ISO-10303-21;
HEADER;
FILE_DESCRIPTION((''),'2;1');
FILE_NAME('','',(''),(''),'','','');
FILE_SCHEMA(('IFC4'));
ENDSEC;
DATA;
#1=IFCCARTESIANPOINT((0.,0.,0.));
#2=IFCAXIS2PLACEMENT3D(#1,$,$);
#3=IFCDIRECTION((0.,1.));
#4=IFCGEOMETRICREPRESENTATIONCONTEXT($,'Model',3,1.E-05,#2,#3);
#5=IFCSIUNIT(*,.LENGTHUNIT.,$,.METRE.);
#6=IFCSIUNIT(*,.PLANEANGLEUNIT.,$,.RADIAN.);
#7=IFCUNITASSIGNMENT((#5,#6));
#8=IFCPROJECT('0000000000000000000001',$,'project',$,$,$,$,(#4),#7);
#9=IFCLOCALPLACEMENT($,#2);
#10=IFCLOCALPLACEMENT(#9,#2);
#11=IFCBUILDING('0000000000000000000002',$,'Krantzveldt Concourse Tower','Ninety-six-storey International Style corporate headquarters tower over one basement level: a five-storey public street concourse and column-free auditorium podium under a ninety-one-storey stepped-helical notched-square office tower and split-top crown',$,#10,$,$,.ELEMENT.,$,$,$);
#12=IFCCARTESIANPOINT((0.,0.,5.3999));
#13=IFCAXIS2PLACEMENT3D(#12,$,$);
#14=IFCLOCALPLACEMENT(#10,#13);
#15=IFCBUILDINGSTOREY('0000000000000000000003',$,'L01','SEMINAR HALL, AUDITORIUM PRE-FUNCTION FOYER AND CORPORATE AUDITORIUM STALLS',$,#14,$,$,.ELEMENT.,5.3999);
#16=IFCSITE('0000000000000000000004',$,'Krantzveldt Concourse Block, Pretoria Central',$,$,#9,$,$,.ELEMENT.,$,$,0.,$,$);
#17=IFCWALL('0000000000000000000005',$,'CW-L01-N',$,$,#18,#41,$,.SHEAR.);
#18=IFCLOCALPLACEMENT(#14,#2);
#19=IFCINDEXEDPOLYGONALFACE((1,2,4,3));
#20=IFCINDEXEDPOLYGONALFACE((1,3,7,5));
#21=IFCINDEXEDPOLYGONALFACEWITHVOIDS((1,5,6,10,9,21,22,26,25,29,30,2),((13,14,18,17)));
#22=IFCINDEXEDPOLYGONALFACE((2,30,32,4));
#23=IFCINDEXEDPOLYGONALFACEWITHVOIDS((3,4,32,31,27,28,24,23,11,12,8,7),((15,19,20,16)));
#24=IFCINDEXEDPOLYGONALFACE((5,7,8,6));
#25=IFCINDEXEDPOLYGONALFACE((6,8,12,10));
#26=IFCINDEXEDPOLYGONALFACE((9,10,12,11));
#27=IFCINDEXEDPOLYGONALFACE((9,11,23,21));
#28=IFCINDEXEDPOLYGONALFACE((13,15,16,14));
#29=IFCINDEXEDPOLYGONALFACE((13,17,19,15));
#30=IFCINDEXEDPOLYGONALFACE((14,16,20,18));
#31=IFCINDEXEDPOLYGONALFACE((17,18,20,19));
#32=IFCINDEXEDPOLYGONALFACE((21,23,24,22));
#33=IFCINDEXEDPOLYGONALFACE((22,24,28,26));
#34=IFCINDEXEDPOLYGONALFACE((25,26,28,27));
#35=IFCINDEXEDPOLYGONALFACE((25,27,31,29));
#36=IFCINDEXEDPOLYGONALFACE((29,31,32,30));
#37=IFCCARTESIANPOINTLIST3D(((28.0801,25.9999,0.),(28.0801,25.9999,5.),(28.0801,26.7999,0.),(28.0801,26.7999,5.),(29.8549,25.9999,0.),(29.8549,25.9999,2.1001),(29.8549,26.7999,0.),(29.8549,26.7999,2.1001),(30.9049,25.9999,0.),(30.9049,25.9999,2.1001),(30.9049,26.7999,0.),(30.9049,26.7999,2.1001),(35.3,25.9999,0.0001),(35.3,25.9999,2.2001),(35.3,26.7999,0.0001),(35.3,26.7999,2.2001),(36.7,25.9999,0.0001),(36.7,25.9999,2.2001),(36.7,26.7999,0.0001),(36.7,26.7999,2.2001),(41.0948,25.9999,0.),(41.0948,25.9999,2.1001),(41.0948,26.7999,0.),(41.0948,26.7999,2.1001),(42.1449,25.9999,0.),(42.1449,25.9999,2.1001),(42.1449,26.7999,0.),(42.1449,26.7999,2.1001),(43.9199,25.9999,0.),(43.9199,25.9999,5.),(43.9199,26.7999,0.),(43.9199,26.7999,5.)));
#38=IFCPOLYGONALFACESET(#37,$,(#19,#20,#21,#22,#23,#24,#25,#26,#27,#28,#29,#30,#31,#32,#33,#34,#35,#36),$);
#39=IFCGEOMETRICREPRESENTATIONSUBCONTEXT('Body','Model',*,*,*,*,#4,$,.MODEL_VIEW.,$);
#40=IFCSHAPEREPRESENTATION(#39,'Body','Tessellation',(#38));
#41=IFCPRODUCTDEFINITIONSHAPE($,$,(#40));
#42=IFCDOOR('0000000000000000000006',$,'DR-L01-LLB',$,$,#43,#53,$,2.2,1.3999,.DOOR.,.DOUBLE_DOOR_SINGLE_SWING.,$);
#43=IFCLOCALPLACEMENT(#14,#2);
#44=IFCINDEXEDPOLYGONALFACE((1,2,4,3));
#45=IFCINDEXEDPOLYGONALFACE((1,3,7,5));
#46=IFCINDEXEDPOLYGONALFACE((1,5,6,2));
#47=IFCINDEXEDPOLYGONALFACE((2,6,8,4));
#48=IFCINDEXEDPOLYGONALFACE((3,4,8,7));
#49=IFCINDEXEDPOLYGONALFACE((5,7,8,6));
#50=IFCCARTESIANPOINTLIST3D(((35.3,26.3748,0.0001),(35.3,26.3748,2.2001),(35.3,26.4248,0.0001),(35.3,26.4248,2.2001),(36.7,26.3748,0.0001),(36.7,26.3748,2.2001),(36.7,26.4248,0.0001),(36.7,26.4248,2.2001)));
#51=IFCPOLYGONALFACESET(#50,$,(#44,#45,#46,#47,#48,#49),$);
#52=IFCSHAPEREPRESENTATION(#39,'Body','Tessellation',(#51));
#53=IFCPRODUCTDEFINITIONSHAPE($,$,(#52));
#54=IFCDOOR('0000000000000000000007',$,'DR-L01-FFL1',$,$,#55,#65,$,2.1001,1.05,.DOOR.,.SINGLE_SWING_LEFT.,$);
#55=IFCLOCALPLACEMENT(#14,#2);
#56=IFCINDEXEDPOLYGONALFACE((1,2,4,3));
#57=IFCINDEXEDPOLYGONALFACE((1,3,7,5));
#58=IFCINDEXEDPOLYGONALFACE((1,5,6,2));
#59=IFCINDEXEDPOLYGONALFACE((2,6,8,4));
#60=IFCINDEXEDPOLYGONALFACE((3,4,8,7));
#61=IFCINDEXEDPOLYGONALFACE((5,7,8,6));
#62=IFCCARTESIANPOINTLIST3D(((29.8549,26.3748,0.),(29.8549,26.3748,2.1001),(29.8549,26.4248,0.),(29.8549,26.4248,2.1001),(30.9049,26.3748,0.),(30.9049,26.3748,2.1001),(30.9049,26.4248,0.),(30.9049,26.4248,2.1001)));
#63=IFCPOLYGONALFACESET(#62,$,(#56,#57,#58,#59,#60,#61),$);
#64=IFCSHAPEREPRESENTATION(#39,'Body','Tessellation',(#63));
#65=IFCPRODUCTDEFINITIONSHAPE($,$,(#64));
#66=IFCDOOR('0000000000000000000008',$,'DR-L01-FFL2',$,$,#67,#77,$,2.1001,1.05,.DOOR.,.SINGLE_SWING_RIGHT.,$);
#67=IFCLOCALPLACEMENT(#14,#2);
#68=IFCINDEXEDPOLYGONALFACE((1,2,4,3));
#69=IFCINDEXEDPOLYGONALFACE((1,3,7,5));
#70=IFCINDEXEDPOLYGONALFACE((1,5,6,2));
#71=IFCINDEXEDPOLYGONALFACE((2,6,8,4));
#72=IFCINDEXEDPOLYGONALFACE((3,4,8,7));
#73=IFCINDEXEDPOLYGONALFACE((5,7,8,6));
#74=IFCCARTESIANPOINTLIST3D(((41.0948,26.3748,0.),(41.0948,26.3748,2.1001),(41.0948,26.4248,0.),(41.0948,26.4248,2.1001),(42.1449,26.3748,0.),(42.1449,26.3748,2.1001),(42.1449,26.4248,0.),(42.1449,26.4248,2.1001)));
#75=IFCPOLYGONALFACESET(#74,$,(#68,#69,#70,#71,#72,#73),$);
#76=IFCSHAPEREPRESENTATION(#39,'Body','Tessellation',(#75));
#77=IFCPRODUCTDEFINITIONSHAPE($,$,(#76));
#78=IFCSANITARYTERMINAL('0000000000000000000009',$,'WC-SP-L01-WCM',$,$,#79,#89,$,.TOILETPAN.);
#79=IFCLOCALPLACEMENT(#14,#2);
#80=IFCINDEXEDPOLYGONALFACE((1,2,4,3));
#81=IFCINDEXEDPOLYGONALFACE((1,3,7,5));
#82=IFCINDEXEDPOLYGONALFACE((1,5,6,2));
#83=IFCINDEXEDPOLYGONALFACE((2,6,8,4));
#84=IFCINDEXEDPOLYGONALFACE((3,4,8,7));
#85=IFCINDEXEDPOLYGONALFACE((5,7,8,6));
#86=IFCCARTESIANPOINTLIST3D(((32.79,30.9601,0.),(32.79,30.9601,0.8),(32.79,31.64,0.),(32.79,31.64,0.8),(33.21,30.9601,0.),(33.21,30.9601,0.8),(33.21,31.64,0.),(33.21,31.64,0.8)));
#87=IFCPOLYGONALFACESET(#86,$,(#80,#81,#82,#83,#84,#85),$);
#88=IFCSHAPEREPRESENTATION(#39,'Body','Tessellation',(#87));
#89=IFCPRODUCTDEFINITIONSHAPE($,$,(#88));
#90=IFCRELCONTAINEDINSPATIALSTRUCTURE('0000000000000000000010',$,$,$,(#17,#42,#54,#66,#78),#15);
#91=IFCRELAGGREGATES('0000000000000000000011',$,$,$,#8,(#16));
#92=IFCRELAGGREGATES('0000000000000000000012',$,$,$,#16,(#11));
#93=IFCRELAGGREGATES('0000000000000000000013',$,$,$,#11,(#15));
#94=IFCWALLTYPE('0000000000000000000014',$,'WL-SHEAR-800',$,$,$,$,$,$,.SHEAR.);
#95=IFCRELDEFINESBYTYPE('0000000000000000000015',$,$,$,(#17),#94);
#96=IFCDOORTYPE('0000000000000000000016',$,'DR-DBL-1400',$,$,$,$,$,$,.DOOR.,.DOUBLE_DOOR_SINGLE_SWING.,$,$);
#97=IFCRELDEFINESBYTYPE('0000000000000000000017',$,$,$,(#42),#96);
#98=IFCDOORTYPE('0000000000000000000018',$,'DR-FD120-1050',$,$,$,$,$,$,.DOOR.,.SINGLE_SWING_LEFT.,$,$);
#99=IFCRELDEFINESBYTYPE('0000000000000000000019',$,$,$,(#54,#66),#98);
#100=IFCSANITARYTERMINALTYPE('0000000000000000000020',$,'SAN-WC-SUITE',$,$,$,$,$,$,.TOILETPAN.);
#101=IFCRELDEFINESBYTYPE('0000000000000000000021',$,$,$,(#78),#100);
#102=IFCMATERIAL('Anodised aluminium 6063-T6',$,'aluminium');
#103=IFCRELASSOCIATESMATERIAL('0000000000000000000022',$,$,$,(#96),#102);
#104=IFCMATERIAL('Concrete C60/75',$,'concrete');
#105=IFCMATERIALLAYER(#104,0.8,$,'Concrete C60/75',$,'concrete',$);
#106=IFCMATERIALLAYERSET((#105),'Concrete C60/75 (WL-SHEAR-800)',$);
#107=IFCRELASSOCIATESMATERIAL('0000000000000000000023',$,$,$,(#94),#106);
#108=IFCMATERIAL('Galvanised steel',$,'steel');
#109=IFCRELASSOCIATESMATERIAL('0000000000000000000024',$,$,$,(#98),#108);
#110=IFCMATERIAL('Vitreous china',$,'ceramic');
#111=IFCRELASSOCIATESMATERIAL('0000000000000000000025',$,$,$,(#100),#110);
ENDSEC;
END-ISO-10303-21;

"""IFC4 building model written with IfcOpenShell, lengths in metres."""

from ifc_helpers import new_model, si_unit, direction, frame, frame_2d, origin, origin_2d, place, context, subcontext, project, spatial, rectangle, extrude, source, transform, mapped, material, layer, layer_set, type_object, type_shapes, element, fill, save


model = new_model("IFC4")

# Units and contexts
model_context = context("Model", 3, precision=1e-05, world=origin(), true_north=direction((0.0, 1.0)))
body_context = subcontext(model_context, "Body", "Model", "MODEL_VIEW")
ifc_project = project(units=[si_unit("LENGTHUNIT", "METRE"), si_unit("PLANEANGLEUNIT", "RADIAN")], contexts=[model_context])

# Site, building, storey
site_placement = place(None, origin())
site = spatial("IfcSite", under=ifc_project, at=site_placement, Name="Krantzveldt Concourse Block, Pretoria Central", CompositionType="ELEMENT", RefElevation=0.0)
building_placement = place(site_placement, origin())
building = spatial("IfcBuilding", under=site, at=building_placement, Name="Krantzveldt Concourse Tower", Description="Ninety-six-storey International Style corporate headquarters tower over one basement level: a five-storey public street concourse and column-free auditorium podium under a ninety-one-storey stepped-helical notched-square office tower and split-top crown", CompositionType="ELEMENT")
storey_placement = place(building_placement, frame((0.0, 0.0, 5.3999)))
storey = spatial("IfcBuildingStorey", under=building, at=storey_placement, Name="L01", Description="SEMINAR HALL, AUDITORIUM PRE-FUNCTION FOYER AND CORPORATE AUDITORIUM STALLS", CompositionType="ELEMENT", Elevation=5.3999)

# Shared definitions
ifc_material_1 = material(Name="Concrete C60/75", Category="concrete")

# Shared definitions
ifc_material_2 = material(Name="Anodised aluminium 6063-T6", Category="aluminium")
door_type_1 = type_object("IfcDoorType", Name="DR-DBL-1400", OperationType="DOUBLE_DOOR_SINGLE_SWING", PredefinedType="DOOR", material=ifc_material_2)

# Wall, openings, doors
ifc_layer_1 = layer(ifc_material_1, 0.8, Name="Concrete C60/75", Category="concrete")
ifc_layer_set_1 = layer_set([ifc_layer_1], Name="Concrete C60/75 (WL-SHEAR-800)")
wall_type_1 = type_object("IfcWallType", Name="WL-SHEAR-800", PredefinedType="SHEAR", material=ifc_layer_set_1)
wall_1_placement = place(storey_placement, frame((28.0801, 26.3999, 0.0), z_axis=(0.0, 0.0, 1.0), x_axis=(1.0, 0.0, 0.0)))
wall_1 = element("IfcWall", 1, at=wall_1_placement, inside=storey, type_object=wall_type_1, Name="CW-L01-N", PredefinedType="SHEAR", context=body_context, shape_type="SweptSolid", body=[
    extrude(rectangle(XDim=15.8398, YDim=0.8, at=frame_2d((7.9199, 0.0))), origin(), (0.0, 0.0, 1.0), 5.0),
])
opening_1_placement = place(wall_1_placement, frame((7.22, 0.0, 0.0)))
opening_1 = element("IfcOpeningElement", 2, at=opening_1_placement, cuts=wall_1, PredefinedType="OPENING", context=body_context, shape_type="SweptSolid", body=[
    extrude(rectangle(XDim=1.3999, YDim=2.2, at=frame_2d((0.7, 1.1001))), frame((0.0, 0.4102, 0.0), z_axis=(0.0, -1.0, 0.0), x_axis=(1.0, 0.0, 0.0)), (0.0, 0.0, 1.0), 0.8201),
])
opening_2_placement = place(wall_1_placement, frame((1.7749, 0.0, 0.0)))
opening_2 = element("IfcOpeningElement", 3, at=opening_2_placement, cuts=wall_1, PredefinedType="OPENING", context=body_context, shape_type="SweptSolid", body=[
    extrude(rectangle(XDim=1.05, YDim=2.1001, at=frame_2d((0.5249, 1.05))), frame((0.0, 0.4102, 0.0), z_axis=(0.0, -1.0, 0.0), x_axis=(1.0, 0.0, 0.0)), (0.0, 0.0, 1.0), 0.8201),
])
opening_3_placement = place(wall_1_placement, frame((13.0149, 0.0, 0.0)))
opening_3 = element("IfcOpeningElement", 4, at=opening_3_placement, cuts=wall_1, PredefinedType="OPENING", context=body_context, shape_type="SweptSolid", body=[
    extrude(rectangle(XDim=1.05, YDim=2.1001, at=frame_2d((0.5249, 1.05))), frame((0.0, 0.4102, 0.0), z_axis=(0.0, -1.0, 0.0), x_axis=(1.0, 0.0, 0.0)), (0.0, 0.0, 1.0), 0.8201),
])
door_1_placement = place(opening_1_placement, origin())
door_1 = element("IfcDoor", 5, at=door_1_placement, inside=storey, type_object=door_type_1, Name="DR-L01-LLB", OperationType="DOUBLE_DOOR_SINGLE_SWING", OverallHeight=2.2, OverallWidth=1.3999, PredefinedType="DOOR", context=body_context, shape_type="SweptSolid", body=[
    extrude(rectangle(XDim=1.3999, YDim=2.2, at=frame_2d((0.7, 1.1001))), frame((0.0, 0.0249, 0.0), z_axis=(0.0, -1.0, 0.0), x_axis=(1.0, 0.0, 0.0)), (0.0, 0.0, 1.0), 0.05),
])
fill(opening_1, door_1)
ifc_material_3 = material(Name="Galvanised steel", Category="steel")
door_type_2 = type_object("IfcDoorType", Name="DR-FD120-1050", OperationType="SINGLE_SWING_LEFT", PredefinedType="DOOR", material=ifc_material_3)
door_2_placement = place(opening_2_placement, origin())
door_2 = element("IfcDoor", 6, at=door_2_placement, inside=storey, type_object=door_type_2, Name="DR-L01-FFL1", OperationType="SINGLE_SWING_LEFT", OverallHeight=2.1001, OverallWidth=1.05, PredefinedType="DOOR", context=body_context, shape_type="SweptSolid", body=[
    extrude(rectangle(XDim=1.05, YDim=2.1001, at=frame_2d((0.5249, 1.05))), frame((0.0, 0.0249, 0.0), z_axis=(0.0, -1.0, 0.0), x_axis=(1.0, 0.0, 0.0)), (0.0, 0.0, 1.0), 0.05),
])
fill(opening_2, door_2)
door_3_placement = place(opening_3_placement, origin())
door_3 = element("IfcDoor", 7, at=door_3_placement, inside=storey, type_object=door_type_2, Name="DR-L01-FFL2", OperationType="SINGLE_SWING_RIGHT", OverallHeight=2.1001, OverallWidth=1.05, PredefinedType="DOOR", context=body_context, shape_type="SweptSolid", body=[
    extrude(rectangle(XDim=1.05, YDim=2.1001, at=frame_2d((0.5249, 1.05))), frame((0.0, 0.0249, 0.0), z_axis=(0.0, -1.0, 0.0), x_axis=(1.0, 0.0, 0.0)), (0.0, 0.0, 1.0), 0.05),
])
fill(opening_3, door_3)

# Sanitary terminal
ifc_material_4 = material(Name="Vitreous china", Category="ceramic")
sanitary_terminal_type = type_object("IfcSanitaryTerminalType", Name="SAN-WC-SUITE", PredefinedType="TOILETPAN", material=ifc_material_4)
shared_shape_1 = source(origin(), body_context, "Body", "SweptSolid", [
    extrude(rectangle(XDim=0.4199, YDim=0.6799, at=origin_2d()), origin(), (0.0, 0.0, 1.0), 0.8),
])
type_shapes(sanitary_terminal_type, [shared_shape_1])
sanitary_terminal_placement = place(storey_placement, frame((33.0, 31.3, 0.0), z_axis=(0.0, 0.0, 1.0), x_axis=(1.0, 0.0, 0.0)))
element("IfcSanitaryTerminal", 8, at=sanitary_terminal_placement, inside=storey, type_object=sanitary_terminal_type, Name="WC-SP-L01-WCM", PredefinedType="TOILETPAN", context=body_context, shape_type="MappedRepresentation", body=[
    mapped(shared_shape_1, transform((0.0, 0.0, 0.0), x_axis=(1.0, 0.0, 0.0), y_axis=(0.0, 1.0, 0.0), z_axis=(0.0, 0.0, 1.0), scale=1.0)),
])

save(model, "model.ifc")
